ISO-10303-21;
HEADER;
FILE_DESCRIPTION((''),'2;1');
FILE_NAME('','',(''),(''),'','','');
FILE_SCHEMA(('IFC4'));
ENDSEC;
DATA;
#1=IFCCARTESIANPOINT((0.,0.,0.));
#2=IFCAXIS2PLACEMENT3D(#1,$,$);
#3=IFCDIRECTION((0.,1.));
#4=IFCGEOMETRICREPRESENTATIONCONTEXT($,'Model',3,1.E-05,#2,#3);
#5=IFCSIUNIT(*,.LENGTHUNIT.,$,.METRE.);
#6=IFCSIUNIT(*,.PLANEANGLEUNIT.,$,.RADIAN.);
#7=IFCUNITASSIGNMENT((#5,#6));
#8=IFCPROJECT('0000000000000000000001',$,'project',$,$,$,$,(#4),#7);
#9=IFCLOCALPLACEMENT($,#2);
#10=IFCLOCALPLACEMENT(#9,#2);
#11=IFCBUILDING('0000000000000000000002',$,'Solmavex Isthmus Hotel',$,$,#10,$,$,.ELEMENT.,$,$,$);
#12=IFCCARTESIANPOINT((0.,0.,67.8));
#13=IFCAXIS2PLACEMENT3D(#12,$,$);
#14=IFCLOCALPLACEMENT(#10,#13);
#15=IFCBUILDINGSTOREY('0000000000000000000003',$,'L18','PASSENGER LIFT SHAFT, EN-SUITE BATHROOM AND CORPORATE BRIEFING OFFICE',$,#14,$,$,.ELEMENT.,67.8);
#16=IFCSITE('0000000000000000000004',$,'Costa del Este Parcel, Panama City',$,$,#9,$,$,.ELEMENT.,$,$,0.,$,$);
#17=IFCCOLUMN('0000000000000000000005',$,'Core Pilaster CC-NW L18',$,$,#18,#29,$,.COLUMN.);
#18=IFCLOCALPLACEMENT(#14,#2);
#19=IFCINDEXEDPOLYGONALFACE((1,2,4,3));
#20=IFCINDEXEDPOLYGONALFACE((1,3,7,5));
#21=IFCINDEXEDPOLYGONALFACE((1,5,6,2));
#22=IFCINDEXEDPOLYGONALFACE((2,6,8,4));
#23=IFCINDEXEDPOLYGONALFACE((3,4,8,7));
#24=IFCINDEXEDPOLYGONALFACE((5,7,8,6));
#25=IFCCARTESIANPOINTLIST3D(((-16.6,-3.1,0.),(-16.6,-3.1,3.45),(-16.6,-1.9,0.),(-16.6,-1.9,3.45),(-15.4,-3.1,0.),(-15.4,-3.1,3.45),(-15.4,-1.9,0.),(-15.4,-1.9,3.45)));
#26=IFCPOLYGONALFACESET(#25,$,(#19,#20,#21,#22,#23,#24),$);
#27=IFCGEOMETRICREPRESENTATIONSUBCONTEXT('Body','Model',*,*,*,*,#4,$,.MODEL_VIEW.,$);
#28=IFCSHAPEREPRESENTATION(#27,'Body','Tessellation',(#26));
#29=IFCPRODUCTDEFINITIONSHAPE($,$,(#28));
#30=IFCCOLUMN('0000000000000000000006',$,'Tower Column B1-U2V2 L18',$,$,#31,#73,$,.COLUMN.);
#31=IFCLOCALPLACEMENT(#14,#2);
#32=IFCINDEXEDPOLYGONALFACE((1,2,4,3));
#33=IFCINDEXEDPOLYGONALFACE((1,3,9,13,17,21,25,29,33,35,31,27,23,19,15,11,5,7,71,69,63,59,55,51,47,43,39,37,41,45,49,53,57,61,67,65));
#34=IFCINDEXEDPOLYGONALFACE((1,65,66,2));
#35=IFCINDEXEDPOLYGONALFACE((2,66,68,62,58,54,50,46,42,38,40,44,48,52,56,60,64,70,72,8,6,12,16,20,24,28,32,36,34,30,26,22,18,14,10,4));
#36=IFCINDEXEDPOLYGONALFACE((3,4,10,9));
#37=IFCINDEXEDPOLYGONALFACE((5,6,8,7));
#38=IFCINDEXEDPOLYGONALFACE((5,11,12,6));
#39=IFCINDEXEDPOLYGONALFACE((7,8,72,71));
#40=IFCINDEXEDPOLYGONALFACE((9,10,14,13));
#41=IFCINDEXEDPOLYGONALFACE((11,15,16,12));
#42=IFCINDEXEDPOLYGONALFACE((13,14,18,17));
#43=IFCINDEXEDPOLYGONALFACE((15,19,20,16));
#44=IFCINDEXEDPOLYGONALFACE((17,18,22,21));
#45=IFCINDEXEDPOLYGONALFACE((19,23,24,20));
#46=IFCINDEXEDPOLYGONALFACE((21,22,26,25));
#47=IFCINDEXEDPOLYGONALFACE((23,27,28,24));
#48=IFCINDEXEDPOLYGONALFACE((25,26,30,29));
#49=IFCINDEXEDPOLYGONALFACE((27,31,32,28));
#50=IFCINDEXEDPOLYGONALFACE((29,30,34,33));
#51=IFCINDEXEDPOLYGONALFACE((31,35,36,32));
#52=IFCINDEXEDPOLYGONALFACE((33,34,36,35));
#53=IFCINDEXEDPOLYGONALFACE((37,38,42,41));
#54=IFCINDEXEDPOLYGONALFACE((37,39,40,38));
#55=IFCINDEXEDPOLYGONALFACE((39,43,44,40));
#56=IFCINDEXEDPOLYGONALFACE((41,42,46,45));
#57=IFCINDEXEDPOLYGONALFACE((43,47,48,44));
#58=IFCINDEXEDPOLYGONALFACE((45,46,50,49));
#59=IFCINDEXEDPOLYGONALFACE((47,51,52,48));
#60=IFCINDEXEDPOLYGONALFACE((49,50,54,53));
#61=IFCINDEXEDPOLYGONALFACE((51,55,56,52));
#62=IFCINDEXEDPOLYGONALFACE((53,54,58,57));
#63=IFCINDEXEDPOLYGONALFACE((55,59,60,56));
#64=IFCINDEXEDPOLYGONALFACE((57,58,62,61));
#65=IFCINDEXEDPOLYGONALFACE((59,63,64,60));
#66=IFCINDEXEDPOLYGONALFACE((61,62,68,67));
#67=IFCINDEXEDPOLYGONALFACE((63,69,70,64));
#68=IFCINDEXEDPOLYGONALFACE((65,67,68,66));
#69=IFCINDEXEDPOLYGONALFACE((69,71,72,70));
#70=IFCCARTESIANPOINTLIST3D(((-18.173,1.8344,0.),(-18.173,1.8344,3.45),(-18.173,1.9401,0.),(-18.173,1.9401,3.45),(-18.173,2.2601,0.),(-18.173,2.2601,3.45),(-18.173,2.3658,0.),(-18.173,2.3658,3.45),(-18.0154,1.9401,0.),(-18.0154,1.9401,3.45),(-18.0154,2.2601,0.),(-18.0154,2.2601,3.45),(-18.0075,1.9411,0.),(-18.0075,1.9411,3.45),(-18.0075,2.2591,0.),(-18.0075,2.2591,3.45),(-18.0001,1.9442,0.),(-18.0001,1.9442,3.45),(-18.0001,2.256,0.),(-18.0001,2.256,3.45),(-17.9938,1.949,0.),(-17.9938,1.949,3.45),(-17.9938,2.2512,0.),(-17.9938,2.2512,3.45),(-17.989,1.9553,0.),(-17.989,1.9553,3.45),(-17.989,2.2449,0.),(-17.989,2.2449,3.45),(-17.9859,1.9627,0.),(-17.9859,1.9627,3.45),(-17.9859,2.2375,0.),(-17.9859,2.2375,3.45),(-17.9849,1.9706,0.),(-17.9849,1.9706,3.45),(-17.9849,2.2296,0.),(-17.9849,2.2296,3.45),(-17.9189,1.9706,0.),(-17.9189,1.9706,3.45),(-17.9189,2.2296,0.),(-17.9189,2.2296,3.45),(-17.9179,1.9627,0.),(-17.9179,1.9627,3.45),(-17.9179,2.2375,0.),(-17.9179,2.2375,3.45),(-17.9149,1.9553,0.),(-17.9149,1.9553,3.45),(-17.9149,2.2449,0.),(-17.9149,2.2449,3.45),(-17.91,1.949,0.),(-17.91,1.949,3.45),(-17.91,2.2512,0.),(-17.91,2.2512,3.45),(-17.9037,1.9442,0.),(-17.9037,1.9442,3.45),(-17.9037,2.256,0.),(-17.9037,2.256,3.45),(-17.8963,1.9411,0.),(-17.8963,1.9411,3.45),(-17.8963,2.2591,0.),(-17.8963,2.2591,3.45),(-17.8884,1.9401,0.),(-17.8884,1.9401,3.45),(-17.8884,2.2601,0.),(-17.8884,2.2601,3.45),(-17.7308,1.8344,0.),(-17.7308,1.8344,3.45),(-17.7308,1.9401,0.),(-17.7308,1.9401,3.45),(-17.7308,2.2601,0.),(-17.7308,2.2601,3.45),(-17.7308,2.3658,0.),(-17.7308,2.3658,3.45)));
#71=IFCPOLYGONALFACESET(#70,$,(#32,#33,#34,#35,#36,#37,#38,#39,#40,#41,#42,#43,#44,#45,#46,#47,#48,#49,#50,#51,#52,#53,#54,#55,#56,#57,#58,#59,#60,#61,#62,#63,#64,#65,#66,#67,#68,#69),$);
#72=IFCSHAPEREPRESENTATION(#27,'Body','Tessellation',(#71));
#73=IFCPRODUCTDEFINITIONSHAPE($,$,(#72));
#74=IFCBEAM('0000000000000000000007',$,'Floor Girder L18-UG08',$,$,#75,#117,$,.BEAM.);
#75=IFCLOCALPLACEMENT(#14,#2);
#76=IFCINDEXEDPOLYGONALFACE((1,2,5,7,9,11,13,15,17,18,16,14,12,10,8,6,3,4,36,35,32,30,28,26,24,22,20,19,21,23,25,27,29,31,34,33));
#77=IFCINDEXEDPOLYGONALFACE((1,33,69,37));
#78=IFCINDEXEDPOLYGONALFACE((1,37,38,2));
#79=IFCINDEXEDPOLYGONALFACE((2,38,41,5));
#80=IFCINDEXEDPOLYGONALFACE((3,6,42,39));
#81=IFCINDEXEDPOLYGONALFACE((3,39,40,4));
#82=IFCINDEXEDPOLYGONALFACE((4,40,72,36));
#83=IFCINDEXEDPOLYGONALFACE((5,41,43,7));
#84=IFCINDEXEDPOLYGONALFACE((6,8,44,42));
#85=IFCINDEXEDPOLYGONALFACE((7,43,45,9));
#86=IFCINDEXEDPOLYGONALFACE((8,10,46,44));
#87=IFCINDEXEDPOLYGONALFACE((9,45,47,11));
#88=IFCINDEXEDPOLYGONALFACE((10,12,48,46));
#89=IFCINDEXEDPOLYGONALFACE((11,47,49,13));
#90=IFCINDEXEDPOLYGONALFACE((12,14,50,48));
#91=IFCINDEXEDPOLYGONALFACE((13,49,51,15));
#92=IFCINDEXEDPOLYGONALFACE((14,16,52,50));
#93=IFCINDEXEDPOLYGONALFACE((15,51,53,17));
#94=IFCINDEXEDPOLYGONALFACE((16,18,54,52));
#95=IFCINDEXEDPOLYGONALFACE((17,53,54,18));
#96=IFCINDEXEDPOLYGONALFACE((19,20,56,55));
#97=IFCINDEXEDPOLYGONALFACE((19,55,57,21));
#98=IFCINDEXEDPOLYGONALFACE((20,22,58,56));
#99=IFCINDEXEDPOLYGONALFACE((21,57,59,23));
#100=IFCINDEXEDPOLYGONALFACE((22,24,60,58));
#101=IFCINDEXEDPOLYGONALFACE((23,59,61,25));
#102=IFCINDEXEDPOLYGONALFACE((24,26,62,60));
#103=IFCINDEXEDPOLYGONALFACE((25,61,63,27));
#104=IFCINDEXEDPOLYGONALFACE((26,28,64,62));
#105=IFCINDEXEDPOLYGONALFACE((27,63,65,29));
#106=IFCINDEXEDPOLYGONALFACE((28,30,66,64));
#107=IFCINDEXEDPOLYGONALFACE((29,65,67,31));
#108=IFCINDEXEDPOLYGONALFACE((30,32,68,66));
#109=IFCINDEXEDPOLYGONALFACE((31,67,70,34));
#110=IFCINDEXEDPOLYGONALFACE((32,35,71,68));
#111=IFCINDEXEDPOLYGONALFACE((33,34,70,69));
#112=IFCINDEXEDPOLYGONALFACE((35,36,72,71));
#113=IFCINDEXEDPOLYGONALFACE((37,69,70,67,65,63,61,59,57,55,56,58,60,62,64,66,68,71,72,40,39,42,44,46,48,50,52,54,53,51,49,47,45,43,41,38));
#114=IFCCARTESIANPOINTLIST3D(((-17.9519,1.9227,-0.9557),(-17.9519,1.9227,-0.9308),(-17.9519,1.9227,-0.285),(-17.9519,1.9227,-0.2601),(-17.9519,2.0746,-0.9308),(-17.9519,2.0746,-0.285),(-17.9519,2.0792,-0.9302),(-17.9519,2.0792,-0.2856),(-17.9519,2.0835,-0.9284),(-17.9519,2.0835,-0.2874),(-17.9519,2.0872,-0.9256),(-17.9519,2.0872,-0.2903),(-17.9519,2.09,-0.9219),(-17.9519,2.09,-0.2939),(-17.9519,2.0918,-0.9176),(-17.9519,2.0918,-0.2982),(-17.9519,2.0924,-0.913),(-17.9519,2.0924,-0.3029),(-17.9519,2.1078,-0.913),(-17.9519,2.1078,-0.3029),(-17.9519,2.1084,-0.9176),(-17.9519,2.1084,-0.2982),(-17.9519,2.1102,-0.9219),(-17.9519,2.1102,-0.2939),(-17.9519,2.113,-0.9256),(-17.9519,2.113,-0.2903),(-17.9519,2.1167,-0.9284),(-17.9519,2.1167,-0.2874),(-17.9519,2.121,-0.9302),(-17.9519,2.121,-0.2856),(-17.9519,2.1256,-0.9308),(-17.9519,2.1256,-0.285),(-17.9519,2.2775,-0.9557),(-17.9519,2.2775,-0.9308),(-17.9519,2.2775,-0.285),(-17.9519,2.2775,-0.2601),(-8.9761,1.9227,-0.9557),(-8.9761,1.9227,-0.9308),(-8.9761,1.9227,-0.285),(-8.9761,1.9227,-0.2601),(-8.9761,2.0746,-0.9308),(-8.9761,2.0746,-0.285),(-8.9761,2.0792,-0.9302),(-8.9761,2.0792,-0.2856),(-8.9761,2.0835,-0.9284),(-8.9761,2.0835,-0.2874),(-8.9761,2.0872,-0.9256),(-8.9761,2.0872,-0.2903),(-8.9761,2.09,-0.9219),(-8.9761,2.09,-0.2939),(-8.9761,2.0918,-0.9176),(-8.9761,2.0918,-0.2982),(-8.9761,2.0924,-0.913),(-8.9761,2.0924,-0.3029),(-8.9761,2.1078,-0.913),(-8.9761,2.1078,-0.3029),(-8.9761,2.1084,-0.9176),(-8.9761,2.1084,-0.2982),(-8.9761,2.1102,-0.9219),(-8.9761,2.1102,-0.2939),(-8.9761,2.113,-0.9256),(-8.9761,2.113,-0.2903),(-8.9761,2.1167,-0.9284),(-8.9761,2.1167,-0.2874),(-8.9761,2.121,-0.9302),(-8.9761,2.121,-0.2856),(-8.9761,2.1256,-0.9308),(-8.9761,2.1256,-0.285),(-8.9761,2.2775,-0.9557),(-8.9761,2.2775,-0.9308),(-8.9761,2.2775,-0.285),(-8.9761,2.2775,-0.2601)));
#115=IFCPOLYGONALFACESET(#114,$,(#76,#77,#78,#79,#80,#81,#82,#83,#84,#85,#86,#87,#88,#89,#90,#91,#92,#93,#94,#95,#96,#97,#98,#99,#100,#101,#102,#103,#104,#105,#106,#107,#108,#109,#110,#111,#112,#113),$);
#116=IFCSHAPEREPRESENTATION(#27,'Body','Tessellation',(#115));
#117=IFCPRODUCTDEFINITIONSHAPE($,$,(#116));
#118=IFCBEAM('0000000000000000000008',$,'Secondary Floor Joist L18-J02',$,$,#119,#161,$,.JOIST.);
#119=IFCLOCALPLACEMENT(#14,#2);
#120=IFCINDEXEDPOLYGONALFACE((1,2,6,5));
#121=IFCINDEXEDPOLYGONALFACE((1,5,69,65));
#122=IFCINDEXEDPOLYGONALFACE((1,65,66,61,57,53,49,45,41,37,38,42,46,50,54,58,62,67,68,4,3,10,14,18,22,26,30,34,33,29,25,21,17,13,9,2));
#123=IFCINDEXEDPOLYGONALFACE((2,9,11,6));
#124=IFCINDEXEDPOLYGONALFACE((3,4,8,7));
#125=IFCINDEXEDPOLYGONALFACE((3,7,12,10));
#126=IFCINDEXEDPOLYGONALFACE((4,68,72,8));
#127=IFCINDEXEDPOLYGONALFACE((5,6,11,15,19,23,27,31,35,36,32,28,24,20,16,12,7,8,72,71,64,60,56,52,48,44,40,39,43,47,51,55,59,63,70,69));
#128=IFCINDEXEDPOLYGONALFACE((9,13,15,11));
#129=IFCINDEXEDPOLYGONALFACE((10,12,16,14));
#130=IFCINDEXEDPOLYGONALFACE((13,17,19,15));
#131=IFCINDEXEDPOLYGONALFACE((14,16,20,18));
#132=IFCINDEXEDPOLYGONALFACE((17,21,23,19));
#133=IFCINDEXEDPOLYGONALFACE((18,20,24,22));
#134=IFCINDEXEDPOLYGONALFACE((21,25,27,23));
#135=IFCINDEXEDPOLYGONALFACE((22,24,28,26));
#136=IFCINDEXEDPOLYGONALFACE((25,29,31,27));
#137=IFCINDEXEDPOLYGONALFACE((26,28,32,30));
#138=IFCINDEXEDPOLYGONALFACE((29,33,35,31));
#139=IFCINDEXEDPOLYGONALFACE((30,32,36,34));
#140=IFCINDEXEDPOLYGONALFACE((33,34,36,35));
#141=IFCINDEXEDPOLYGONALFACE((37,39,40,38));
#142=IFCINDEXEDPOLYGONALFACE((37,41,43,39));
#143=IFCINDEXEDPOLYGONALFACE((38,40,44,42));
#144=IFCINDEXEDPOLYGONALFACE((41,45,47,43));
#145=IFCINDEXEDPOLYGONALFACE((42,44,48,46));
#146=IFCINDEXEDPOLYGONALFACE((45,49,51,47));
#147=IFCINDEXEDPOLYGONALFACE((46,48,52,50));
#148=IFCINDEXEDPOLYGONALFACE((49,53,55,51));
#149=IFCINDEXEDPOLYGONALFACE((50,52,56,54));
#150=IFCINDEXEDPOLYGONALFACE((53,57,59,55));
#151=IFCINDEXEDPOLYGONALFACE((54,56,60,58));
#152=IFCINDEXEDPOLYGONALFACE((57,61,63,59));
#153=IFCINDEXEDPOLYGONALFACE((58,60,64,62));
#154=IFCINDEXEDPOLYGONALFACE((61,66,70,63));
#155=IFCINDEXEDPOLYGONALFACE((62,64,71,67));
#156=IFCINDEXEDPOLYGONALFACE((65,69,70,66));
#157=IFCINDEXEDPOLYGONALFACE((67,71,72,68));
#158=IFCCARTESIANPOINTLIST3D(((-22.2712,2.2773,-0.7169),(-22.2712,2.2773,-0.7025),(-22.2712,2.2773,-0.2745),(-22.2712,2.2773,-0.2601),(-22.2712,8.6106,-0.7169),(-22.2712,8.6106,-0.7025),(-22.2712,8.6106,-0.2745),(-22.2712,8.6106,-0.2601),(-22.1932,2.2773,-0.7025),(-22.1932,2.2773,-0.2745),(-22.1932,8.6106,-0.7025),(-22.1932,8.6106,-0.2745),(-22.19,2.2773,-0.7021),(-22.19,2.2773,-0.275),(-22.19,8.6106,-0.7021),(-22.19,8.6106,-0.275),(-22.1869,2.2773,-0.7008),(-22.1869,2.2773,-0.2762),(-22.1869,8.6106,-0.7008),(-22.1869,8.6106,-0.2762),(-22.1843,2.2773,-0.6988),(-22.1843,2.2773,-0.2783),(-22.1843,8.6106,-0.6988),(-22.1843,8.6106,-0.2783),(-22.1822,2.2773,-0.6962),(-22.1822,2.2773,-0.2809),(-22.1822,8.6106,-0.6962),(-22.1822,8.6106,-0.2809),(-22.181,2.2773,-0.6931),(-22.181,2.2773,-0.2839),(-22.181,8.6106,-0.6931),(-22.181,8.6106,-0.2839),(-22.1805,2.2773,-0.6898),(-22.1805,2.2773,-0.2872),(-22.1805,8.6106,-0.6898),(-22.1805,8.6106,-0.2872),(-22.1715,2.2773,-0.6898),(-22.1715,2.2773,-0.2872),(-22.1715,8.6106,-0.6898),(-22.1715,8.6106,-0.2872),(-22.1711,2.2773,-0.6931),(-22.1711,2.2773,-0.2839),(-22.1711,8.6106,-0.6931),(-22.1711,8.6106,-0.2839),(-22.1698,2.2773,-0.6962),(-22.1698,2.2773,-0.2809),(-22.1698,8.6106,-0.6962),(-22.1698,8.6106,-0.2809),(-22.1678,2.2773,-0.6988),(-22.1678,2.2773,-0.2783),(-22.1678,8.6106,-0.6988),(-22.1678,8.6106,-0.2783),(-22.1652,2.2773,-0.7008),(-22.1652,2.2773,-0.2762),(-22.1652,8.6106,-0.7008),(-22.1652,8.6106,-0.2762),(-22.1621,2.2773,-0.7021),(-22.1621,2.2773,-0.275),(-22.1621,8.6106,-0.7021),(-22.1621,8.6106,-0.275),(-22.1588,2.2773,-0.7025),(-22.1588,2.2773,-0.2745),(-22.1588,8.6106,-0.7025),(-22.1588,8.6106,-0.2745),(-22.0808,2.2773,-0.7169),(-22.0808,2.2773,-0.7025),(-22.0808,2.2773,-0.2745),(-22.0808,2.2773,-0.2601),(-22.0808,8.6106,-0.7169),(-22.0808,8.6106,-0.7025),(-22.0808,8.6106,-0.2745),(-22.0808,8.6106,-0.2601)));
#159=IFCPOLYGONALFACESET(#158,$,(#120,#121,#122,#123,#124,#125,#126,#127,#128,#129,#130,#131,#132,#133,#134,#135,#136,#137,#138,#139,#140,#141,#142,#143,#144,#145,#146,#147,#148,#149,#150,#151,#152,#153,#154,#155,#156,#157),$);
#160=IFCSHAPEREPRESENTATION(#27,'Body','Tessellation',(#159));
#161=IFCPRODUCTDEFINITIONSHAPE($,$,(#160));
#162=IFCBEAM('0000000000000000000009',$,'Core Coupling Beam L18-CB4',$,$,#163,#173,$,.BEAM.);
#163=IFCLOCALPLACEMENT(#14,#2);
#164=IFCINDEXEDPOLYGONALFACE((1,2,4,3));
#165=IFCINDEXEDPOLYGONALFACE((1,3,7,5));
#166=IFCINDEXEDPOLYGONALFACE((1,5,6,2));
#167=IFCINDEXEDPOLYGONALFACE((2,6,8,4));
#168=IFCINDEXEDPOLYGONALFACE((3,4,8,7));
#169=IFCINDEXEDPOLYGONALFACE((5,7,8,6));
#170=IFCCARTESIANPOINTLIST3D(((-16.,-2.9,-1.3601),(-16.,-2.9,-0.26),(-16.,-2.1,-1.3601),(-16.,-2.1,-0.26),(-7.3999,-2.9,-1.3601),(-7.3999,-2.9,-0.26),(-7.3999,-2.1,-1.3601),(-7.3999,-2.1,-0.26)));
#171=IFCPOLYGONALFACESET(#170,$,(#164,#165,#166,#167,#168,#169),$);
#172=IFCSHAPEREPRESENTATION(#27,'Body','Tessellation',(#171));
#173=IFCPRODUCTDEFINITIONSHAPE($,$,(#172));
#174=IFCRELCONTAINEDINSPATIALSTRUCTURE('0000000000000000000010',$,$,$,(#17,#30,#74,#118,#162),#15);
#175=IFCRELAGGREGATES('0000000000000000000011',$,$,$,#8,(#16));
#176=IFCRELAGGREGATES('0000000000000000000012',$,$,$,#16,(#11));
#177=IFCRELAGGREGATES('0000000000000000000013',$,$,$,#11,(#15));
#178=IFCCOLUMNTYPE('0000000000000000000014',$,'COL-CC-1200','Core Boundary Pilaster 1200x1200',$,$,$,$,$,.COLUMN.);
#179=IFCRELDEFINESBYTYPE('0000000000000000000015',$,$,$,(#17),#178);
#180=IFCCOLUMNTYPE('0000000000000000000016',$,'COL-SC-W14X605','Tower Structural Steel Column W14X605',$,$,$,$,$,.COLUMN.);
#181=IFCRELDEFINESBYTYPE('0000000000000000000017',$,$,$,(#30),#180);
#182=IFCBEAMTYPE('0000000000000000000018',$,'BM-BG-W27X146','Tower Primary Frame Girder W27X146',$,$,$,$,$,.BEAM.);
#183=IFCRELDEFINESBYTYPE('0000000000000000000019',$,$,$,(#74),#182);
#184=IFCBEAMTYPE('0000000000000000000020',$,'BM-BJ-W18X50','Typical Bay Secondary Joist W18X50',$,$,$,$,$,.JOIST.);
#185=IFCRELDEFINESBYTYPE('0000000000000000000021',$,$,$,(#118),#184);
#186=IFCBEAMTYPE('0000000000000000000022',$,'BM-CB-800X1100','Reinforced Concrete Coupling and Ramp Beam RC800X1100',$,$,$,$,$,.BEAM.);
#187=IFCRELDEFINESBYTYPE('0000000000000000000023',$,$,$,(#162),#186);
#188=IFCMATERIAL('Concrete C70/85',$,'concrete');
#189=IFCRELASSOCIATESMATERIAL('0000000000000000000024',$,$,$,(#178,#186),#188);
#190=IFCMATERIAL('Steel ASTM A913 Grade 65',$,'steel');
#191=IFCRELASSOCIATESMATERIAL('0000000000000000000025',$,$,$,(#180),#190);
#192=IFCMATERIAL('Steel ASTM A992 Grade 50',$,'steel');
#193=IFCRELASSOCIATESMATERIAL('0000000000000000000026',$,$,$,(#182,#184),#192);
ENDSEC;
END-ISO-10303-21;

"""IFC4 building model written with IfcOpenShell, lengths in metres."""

from ifc_helpers import new_model, si_unit, direction, frame, origin, origin_2d, place, context, subcontext, project, spatial, rectangle, i_section, extrude, material, material_profile, profile_set, type_object, element, save


model = new_model("IFC4")

# Units and contexts
model_context = context("Model", 3, precision=1e-05, world=origin(), true_north=direction((0.0, 1.0)))
body_context = subcontext(model_context, "Body", "Model", "MODEL_VIEW")
ifc_project = project(units=[si_unit("LENGTHUNIT", "METRE"), si_unit("PLANEANGLEUNIT", "RADIAN")], contexts=[model_context])

# Site, building, storey
site_placement = place(None, origin())
site = spatial("IfcSite", under=ifc_project, at=site_placement, Name="Costa del Este Parcel, Panama City", CompositionType="ELEMENT", RefElevation=0.0)
building_placement = place(site_placement, origin())
building = spatial("IfcBuilding", under=site, at=building_placement, Name="Solmavex Isthmus Hotel", CompositionType="ELEMENT")
storey_placement = place(building_placement, frame((0.0, 0.0, 67.8)))
storey = spatial("IfcBuildingStorey", under=building, at=storey_placement, Name="L18", Description="PASSENGER LIFT SHAFT, EN-SUITE BATHROOM AND CORPORATE BRIEFING OFFICE", CompositionType="ELEMENT", Elevation=67.8)

# Columns
ifc_material_1 = material(Name="Concrete C70/85", Category="concrete")
ifc_material_profile_1 = material_profile(ifc_material_1, rectangle(XDim=1.2, YDim=1.2, at=origin_2d()), Name="RC1200X1200")
ifc_profile_set_1 = profile_set([ifc_material_profile_1], Name="Concrete C70/85")
column_type_1 = type_object("IfcColumnType", Name="COL-CC-1200", Description="Core Boundary Pilaster 1200x1200", PredefinedType="COLUMN", material=ifc_profile_set_1)
column_1_placement = place(storey_placement, frame((-16.0, -2.5, 0.0), z_axis=(0.0, 0.0, 1.0), x_axis=(1.0, 0.0, 0.0)))
element("IfcColumn", 1, at=column_1_placement, inside=storey, type_object=column_type_1, Name="Core Pilaster CC-NW L18", PredefinedType="COLUMN", context=body_context, shape_type="SweptSolid", body=[
    extrude(rectangle(XDim=1.2, YDim=1.2, at=origin_2d()), origin(), (0.0, 0.0, 1.0), 3.45),
])
ifc_material_2 = material(Name="Steel ASTM A913 Grade 65", Category="steel")
ifc_material_profile_2 = material_profile(ifc_material_2, i_section(OverallWidth=0.4421, OverallDepth=0.5315, WebThickness=0.0659, FlangeThickness=0.1057, FilletRadius=0.0305, at=origin_2d()), Name="W14X605")
ifc_profile_set_2 = profile_set([ifc_material_profile_2], Name="Steel ASTM A913 Grade 65")
column_type_2 = type_object("IfcColumnType", Name="COL-SC-W14X605", Description="Tower Structural Steel Column W14X605", PredefinedType="COLUMN", material=ifc_profile_set_2)
column_2_placement = place(storey_placement, frame((-17.9519, 2.1001, 0.0), z_axis=(0.0, 0.0, 1.0), x_axis=(1.0, 0.0, 0.0)))
element("IfcColumn", 2, at=column_2_placement, inside=storey, type_object=column_type_2, Name="Tower Column B1-U2V2 L18", PredefinedType="COLUMN", context=body_context, shape_type="SweptSolid", body=[
    extrude(i_section(OverallWidth=0.4421, OverallDepth=0.5315, WebThickness=0.0659, FlangeThickness=0.1057, FilletRadius=0.0305, at=origin_2d()), origin(), (0.0, 0.0, 1.0), 3.45),
])

# Beams
ifc_material_3 = material(Name="Steel ASTM A992 Grade 50", Category="steel")
ifc_material_profile_3 = material_profile(ifc_material_3, i_section(OverallWidth=0.3547, OverallDepth=0.6956, WebThickness=0.0154, FlangeThickness=0.0249, FilletRadius=0.0178, at=origin_2d()), Name="W27X146")
ifc_profile_set_3 = profile_set([ifc_material_profile_3], Name="Steel ASTM A992 Grade 50")
beam_type_1 = type_object("IfcBeamType", Name="BM-BG-W27X146", Description="Tower Primary Frame Girder W27X146", PredefinedType="BEAM", material=ifc_profile_set_3)
beam_1_placement = place(storey_placement, frame((-17.9519, 2.1001, -0.6079), z_axis=(1.0, 0.0, 0.0), x_axis=(0.0, 1.0, 0.0)))
element("IfcBeam", 3, at=beam_1_placement, inside=storey, type_object=beam_type_1, Name="Floor Girder L18-UG08", PredefinedType="BEAM", context=body_context, shape_type="SweptSolid", body=[
    extrude(i_section(OverallWidth=0.3547, OverallDepth=0.6956, WebThickness=0.0154, FlangeThickness=0.0249, FilletRadius=0.0178, at=origin_2d()), origin(), (0.0, 0.0, 1.0), 8.9758),
])
ifc_material_profile_4 = material_profile(ifc_material_3, i_section(OverallWidth=0.1904, OverallDepth=0.4568, WebThickness=0.009, FlangeThickness=0.0144, FilletRadius=0.0127, at=origin_2d()), Name="W18X50")
ifc_profile_set_4 = profile_set([ifc_material_profile_4], Name="Steel ASTM A992 Grade 50")
beam_type_2 = type_object("IfcBeamType", Name="BM-BJ-W18X50", Description="Typical Bay Secondary Joist W18X50", PredefinedType="JOIST", material=ifc_profile_set_4)
beam_2_placement = place(storey_placement, frame((-22.176, 2.2773, -0.4885), z_axis=(0.0, 1.0, 0.0), x_axis=(-1.0, 0.0, 0.0)))
element("IfcBeam", 4, at=beam_2_placement, inside=storey, type_object=beam_type_2, Name="Secondary Floor Joist L18-J02", PredefinedType="JOIST", context=body_context, shape_type="SweptSolid", body=[
    extrude(i_section(OverallWidth=0.1904, OverallDepth=0.4568, WebThickness=0.009, FlangeThickness=0.0144, FilletRadius=0.0127, at=origin_2d()), origin(), (0.0, 0.0, 1.0), 6.3333),
])
ifc_material_profile_5 = material_profile(ifc_material_1, rectangle(XDim=0.8, YDim=1.1001, at=origin_2d()), Name="RC800X1100")
ifc_profile_set_5 = profile_set([ifc_material_profile_5], Name="Concrete C70/85")
beam_type_3 = type_object("IfcBeamType", Name="BM-CB-800X1100", Description="Reinforced Concrete Coupling and Ramp Beam RC800X1100", PredefinedType="BEAM", material=ifc_profile_set_5)
beam_3_placement = place(storey_placement, frame((-16.0, -2.5, -0.8101), z_axis=(1.0, 0.0, 0.0), x_axis=(0.0, 1.0, 0.0)))
element("IfcBeam", 5, at=beam_3_placement, inside=storey, type_object=beam_type_3, Name="Core Coupling Beam L18-CB4", PredefinedType="BEAM", context=body_context, shape_type="SweptSolid", body=[
    extrude(rectangle(XDim=0.8, YDim=1.1001, at=origin_2d()), origin(), (0.0, 0.0, 1.0), 8.6001),
])

save(model, "model.ifc")
